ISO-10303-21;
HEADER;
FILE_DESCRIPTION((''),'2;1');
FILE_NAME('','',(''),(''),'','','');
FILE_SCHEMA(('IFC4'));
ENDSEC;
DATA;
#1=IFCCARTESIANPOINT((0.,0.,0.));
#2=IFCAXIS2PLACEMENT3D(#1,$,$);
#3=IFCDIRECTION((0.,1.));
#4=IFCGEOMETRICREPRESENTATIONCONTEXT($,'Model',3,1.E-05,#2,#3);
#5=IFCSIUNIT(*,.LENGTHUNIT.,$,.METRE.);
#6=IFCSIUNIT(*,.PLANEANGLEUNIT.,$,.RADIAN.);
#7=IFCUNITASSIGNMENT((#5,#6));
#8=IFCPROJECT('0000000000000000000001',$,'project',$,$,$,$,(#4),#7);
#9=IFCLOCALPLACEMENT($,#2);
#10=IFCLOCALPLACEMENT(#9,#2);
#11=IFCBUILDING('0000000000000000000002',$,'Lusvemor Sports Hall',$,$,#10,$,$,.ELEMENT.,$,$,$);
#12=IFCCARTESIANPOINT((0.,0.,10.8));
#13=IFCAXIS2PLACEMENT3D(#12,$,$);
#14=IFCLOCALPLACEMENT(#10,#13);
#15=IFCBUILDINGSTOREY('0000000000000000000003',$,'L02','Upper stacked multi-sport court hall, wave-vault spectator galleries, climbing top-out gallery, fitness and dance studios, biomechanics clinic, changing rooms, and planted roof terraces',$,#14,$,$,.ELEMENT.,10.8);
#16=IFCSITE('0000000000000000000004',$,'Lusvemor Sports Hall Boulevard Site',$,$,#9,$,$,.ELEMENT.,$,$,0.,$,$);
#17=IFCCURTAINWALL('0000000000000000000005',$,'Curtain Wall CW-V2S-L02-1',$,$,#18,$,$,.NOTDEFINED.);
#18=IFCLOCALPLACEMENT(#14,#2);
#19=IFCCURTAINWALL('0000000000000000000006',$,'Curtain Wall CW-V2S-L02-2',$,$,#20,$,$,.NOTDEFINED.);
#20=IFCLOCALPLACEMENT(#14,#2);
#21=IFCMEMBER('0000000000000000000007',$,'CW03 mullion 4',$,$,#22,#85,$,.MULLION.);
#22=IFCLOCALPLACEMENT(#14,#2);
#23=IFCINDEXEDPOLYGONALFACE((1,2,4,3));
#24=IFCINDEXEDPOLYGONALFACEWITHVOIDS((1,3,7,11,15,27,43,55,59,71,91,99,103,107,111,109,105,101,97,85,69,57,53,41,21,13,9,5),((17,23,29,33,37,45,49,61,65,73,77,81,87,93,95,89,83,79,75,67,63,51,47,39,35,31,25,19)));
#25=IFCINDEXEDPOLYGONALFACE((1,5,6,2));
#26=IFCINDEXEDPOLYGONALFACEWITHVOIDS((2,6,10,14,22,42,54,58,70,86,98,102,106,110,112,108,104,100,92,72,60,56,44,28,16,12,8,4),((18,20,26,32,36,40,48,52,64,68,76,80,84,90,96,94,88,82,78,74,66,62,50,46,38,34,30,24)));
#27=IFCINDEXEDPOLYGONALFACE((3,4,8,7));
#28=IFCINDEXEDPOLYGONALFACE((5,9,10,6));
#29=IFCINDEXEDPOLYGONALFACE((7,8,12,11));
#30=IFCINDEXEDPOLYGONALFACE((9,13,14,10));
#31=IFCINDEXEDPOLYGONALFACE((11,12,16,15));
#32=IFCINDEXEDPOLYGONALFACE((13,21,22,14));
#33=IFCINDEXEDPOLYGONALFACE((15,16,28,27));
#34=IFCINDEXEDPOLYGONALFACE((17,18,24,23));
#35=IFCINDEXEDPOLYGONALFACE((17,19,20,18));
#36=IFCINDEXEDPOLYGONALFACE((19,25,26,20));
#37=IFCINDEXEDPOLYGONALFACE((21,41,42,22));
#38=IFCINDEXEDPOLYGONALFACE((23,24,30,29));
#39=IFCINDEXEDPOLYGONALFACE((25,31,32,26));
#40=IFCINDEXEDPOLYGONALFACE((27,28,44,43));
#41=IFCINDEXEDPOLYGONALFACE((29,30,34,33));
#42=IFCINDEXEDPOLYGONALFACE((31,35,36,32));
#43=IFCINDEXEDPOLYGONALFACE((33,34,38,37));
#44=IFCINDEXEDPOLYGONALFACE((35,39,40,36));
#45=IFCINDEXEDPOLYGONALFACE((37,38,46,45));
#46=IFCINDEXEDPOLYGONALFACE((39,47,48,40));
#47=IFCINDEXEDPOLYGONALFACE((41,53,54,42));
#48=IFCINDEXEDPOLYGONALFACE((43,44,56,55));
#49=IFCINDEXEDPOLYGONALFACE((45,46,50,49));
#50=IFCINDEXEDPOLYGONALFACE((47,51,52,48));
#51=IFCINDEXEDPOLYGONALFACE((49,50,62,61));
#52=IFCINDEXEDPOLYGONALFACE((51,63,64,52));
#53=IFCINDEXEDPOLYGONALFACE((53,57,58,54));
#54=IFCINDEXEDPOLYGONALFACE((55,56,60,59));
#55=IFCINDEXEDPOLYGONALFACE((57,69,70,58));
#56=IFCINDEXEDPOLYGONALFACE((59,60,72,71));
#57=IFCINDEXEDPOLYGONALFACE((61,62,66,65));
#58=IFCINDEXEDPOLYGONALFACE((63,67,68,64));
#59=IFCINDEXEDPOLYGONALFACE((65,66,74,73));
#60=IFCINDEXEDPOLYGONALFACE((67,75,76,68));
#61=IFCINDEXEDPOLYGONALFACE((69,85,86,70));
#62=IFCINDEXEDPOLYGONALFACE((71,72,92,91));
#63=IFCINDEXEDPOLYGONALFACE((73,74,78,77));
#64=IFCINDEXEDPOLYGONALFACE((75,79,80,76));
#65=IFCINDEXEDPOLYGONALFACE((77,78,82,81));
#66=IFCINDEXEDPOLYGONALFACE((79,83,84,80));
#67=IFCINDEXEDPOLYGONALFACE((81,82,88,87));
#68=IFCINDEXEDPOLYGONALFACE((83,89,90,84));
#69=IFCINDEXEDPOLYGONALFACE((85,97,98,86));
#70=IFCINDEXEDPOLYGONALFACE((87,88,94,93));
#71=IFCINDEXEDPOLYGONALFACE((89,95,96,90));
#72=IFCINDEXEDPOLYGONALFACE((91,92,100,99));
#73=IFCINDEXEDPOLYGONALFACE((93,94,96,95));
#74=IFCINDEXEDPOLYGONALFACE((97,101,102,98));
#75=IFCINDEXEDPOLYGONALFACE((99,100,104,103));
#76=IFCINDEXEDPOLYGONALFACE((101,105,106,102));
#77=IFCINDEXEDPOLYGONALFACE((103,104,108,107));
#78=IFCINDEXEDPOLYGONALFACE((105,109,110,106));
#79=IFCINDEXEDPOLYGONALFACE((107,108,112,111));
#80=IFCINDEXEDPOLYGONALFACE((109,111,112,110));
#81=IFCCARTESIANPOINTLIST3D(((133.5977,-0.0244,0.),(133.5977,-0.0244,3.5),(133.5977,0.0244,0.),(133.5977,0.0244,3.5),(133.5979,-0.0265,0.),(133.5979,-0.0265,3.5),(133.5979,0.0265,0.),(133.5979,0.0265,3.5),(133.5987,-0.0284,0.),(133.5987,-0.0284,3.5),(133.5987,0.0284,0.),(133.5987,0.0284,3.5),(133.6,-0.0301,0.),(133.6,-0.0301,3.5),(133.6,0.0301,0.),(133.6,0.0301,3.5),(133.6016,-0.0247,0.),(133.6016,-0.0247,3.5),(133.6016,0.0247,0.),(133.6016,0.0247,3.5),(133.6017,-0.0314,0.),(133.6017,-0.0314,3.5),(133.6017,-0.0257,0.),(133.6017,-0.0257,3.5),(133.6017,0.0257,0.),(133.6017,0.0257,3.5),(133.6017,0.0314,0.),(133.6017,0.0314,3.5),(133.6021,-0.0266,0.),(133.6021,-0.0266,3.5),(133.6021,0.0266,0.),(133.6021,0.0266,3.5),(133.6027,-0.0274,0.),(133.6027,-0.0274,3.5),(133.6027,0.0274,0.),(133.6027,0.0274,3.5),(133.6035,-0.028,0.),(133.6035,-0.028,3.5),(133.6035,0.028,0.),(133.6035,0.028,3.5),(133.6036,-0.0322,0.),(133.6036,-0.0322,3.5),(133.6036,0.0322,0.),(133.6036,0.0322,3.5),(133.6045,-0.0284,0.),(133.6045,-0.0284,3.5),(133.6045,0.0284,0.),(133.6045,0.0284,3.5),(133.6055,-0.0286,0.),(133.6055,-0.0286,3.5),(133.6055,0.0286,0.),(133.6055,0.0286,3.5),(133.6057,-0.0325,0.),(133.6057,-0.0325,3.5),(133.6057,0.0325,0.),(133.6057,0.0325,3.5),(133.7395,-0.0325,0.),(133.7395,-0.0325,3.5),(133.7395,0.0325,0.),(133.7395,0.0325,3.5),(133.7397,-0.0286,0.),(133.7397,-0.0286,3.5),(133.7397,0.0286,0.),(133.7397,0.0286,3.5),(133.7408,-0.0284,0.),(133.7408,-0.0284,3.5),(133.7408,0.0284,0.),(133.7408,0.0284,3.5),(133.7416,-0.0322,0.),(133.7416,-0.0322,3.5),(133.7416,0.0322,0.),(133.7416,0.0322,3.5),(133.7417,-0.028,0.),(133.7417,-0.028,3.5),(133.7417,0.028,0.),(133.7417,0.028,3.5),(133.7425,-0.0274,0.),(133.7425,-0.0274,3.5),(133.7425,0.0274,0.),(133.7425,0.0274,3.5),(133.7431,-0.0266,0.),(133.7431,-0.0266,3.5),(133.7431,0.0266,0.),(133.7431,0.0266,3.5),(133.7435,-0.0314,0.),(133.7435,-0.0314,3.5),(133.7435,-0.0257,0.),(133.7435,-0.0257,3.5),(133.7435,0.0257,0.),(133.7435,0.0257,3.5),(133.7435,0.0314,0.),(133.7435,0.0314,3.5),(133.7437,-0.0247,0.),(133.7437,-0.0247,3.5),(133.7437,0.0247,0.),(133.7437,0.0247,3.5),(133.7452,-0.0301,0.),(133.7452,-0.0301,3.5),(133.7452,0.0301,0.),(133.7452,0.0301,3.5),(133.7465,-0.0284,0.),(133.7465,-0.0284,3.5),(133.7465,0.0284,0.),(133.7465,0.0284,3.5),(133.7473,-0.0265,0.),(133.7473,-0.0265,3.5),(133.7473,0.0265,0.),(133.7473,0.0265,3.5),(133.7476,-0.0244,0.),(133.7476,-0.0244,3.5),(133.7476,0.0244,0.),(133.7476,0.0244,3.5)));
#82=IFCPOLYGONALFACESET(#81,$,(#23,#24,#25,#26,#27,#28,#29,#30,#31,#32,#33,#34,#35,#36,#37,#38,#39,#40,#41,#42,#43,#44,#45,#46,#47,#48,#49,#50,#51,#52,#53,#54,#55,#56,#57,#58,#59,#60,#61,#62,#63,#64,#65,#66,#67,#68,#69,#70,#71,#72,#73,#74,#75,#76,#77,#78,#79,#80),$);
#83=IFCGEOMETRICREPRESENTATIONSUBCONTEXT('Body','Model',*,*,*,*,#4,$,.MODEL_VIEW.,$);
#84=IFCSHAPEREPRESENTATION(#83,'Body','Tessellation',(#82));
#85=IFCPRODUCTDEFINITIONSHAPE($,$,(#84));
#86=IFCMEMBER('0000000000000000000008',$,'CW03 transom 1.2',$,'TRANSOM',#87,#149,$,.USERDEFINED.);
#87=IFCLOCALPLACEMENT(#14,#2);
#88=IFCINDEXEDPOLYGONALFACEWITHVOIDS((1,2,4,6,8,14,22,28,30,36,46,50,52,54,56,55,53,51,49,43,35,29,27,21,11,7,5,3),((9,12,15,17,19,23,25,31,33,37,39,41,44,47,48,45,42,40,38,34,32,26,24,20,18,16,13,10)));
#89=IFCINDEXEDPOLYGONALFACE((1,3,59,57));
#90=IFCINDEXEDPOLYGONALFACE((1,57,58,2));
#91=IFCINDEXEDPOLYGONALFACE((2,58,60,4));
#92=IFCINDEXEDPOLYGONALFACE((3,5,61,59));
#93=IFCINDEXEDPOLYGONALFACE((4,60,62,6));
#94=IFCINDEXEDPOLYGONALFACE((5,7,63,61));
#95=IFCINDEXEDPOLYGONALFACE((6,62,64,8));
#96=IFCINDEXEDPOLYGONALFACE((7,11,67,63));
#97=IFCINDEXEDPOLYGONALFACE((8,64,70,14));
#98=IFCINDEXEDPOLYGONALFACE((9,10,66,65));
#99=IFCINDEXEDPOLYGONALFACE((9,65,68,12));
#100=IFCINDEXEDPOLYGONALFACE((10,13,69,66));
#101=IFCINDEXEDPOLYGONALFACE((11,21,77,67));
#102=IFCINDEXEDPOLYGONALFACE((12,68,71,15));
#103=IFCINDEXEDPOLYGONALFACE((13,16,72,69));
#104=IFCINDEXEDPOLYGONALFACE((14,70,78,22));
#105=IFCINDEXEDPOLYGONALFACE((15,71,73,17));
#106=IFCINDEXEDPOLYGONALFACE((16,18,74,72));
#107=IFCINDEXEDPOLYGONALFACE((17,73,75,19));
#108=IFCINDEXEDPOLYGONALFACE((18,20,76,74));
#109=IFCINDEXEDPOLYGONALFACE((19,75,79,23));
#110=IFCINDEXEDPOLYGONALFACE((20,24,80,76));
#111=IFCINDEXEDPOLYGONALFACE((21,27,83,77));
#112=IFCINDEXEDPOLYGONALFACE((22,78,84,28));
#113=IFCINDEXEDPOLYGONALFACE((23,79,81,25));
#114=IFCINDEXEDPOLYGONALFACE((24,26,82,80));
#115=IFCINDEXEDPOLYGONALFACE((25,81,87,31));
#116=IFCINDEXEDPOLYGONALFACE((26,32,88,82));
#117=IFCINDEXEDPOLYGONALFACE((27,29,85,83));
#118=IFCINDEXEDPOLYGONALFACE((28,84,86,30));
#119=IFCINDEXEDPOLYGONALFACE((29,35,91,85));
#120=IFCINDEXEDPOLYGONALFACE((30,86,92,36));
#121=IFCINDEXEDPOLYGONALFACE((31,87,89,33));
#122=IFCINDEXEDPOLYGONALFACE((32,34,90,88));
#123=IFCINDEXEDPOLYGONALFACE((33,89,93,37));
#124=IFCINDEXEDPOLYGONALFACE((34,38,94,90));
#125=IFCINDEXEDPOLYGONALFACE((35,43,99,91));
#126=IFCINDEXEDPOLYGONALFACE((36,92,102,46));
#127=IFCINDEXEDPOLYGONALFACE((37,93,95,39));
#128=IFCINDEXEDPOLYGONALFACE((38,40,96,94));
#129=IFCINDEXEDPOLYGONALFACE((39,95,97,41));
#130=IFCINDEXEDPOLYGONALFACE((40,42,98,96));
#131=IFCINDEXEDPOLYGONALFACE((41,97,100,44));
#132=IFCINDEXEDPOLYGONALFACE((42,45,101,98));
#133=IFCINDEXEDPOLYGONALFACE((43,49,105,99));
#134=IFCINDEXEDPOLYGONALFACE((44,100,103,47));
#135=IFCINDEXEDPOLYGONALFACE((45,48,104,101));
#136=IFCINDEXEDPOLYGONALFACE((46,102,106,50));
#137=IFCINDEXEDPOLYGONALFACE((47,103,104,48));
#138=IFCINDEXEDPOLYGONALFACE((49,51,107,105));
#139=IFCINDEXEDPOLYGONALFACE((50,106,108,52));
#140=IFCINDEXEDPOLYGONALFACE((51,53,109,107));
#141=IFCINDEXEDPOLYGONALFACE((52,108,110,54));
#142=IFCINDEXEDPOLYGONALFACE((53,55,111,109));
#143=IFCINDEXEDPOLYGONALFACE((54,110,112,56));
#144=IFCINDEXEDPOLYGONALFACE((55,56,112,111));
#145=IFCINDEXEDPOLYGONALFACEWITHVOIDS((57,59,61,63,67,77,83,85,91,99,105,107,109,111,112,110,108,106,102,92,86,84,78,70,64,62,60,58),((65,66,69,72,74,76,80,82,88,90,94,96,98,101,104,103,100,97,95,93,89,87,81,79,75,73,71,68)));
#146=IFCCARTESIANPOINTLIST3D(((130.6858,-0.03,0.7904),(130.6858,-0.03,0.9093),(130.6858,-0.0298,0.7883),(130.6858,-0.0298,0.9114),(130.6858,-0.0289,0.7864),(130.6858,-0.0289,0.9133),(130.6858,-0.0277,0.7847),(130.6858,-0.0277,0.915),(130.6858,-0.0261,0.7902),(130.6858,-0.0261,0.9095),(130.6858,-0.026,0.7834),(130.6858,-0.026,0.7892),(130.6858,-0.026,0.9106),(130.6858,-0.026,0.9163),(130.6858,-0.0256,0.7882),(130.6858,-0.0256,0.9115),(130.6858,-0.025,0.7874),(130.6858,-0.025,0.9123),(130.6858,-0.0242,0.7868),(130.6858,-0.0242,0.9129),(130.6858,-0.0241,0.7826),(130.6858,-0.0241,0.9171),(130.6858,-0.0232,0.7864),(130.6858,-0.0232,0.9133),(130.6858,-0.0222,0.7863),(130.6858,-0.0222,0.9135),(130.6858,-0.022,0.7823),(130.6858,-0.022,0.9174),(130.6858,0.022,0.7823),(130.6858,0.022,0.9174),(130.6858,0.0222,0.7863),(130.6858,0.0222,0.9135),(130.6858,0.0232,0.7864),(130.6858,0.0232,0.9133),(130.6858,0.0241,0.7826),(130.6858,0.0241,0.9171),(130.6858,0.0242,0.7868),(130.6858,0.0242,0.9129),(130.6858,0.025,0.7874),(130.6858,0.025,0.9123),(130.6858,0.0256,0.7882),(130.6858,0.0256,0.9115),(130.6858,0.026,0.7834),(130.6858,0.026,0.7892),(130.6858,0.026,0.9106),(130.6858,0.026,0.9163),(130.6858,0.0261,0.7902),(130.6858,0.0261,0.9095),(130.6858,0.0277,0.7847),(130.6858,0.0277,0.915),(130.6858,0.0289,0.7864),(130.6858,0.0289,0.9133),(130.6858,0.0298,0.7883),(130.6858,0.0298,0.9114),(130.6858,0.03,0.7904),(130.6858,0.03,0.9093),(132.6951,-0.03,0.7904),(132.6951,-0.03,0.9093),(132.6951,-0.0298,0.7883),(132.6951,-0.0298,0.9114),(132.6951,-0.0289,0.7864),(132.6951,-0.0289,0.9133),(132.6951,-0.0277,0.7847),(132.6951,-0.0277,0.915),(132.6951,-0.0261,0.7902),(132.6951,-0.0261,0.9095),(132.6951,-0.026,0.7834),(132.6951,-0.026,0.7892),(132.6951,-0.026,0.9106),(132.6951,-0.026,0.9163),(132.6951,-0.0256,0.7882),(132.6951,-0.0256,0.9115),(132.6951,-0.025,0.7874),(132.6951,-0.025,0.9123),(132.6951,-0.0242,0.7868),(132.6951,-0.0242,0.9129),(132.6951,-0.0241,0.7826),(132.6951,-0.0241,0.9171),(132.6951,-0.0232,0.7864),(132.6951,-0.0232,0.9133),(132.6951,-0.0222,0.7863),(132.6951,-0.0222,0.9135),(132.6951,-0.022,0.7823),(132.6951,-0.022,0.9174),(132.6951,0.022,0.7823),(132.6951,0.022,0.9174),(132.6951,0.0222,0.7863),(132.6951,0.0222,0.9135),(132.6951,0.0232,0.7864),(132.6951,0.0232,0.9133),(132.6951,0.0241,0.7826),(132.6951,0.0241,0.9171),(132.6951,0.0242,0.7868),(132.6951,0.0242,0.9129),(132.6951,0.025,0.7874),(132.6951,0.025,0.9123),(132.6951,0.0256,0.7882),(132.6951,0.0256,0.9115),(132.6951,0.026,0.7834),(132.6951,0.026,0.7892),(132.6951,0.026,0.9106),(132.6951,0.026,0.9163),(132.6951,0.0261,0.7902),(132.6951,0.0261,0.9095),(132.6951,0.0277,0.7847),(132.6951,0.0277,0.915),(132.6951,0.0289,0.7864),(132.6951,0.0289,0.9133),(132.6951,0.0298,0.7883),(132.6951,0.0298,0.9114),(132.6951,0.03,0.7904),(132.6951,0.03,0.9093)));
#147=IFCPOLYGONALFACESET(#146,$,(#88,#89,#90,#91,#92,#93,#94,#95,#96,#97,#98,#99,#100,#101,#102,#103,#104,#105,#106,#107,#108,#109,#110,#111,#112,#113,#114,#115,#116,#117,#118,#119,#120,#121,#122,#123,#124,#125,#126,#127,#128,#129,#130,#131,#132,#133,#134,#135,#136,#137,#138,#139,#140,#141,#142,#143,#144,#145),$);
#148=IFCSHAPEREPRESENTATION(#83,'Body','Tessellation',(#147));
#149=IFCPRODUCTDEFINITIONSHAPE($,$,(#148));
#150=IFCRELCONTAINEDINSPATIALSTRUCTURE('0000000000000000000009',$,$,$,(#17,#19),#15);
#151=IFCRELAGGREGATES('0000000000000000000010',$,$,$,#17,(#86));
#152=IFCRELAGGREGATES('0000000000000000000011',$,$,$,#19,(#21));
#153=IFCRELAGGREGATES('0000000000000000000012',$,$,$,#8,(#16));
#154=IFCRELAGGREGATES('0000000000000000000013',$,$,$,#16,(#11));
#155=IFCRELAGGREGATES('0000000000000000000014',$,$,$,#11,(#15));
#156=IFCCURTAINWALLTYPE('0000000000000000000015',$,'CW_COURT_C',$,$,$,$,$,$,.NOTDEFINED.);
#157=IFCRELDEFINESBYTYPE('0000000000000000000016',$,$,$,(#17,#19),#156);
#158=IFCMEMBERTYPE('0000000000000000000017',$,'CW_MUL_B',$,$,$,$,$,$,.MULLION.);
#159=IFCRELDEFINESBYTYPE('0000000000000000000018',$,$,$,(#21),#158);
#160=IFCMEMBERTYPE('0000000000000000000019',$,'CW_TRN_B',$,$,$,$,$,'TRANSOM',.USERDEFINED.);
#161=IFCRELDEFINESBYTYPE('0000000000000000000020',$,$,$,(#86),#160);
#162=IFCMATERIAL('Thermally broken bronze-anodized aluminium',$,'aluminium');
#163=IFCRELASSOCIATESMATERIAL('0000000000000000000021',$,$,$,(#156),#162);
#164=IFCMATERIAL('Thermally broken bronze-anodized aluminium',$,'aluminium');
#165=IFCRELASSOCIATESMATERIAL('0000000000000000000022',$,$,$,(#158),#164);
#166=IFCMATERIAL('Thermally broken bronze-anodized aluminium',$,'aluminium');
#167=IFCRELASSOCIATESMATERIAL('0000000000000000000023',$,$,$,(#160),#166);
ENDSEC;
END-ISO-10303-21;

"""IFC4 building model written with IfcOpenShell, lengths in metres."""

from ifc_helpers import new_model, si_unit, direction, frame, origin, origin_2d, place, context, subcontext, project, spatial, hollow_rectangle, extrude, material, material_profile, profile_set, type_object, element, aggregate, save


model = new_model("IFC4")

# Units and contexts
model_context = context("Model", 3, precision=1e-05, world=origin(), true_north=direction((0.0, 1.0)))
body_context = subcontext(model_context, "Body", "Model", "MODEL_VIEW")
ifc_project = project(units=[si_unit("LENGTHUNIT", "METRE"), si_unit("PLANEANGLEUNIT", "RADIAN")], contexts=[model_context])

# Site, building, storey
site_placement = place(None, origin())
site = spatial("IfcSite", under=ifc_project, at=site_placement, Name="Lusvemor Sports Hall Boulevard Site", CompositionType="ELEMENT", RefElevation=0.0)
building_placement = place(site_placement, origin())
building = spatial("IfcBuilding", under=site, at=building_placement, Name="Lusvemor Sports Hall", CompositionType="ELEMENT")
storey_placement = place(building_placement, frame((0.0, 0.0, 10.8)))
storey = spatial("IfcBuildingStorey", under=building, at=storey_placement, Name="L02", Description="Upper stacked multi-sport court hall, wave-vault spectator galleries, climbing top-out gallery, fitness and dance studios, biomechanics clinic, changing rooms, and planted roof terraces", CompositionType="ELEMENT", Elevation=10.8)

# Curtain wall
ifc_material_1 = material(Name="Thermally broken bronze-anodized aluminium", Category="aluminium")
curtain_wall_type = type_object("IfcCurtainWallType", Name="CW_COURT_C", PredefinedType="NOTDEFINED", material=ifc_material_1)
curtain_wall_1_placement = place(storey_placement, origin())
curtain_wall_1 = element("IfcCurtainWall", 1, at=curtain_wall_1_placement, inside=storey, type_object=curtain_wall_type, Name="Curtain Wall CW-V2S-L02-1", PredefinedType="NOTDEFINED")
ifc_material_2 = material(Name="Thermally broken bronze-anodized aluminium", Category="aluminium")
ifc_material_profile_1 = material_profile(ifc_material_2, hollow_rectangle(XDim=0.0649, YDim=0.1499, WallThickness=0.0039, InnerFilletRadius=0.0039, OuterFilletRadius=0.0081, at=origin_2d()), Name="CWMUL150x65x4")
ifc_profile_set_1 = profile_set([ifc_material_profile_1], Name="Thermally broken bronze-anodized aluminium")
member_type_1 = type_object("IfcMemberType", Name="CW_MUL_B", PredefinedType="MULLION", material=ifc_profile_set_1)

# Curtain wall, member
curtain_wall_2_placement = place(storey_placement, origin())
curtain_wall_2 = element("IfcCurtainWall", 2, at=curtain_wall_2_placement, inside=storey, type_object=curtain_wall_type, Name="Curtain Wall CW-V2S-L02-2", PredefinedType="NOTDEFINED")
member_1_placement = place(storey_placement, frame((133.6726, 0.0, 0.0), z_axis=(0.0, 0.0, 1.0), x_axis=(0.0, -1.0, 0.0)))
member_1 = element("IfcMember", 3, at=member_1_placement, type_object=member_type_1, Name="CW03 mullion 4", PredefinedType="MULLION", context=body_context, shape_type="SweptSolid", body=[
    extrude(hollow_rectangle(XDim=0.0649, YDim=0.1499, WallThickness=0.0039, InnerFilletRadius=0.0039, OuterFilletRadius=0.0081, at=origin_2d()), origin(), (0.0, 0.0, 1.0), 3.5),
])

# Member
ifc_material_3 = material(Name="Thermally broken bronze-anodized aluminium", Category="aluminium")
ifc_material_profile_2 = material_profile(ifc_material_3, hollow_rectangle(XDim=0.0601, YDim=0.135, WallThickness=0.0039, InnerFilletRadius=0.0039, OuterFilletRadius=0.0081, at=origin_2d()), Name="CWTRN135x60x4")
ifc_profile_set_2 = profile_set([ifc_material_profile_2], Name="Thermally broken bronze-anodized aluminium")
member_type_2 = type_object("IfcMemberType", Name="CW_TRN_B", ElementType="TRANSOM", PredefinedType="USERDEFINED", material=ifc_profile_set_2)
member_2_placement = place(storey_placement, frame((132.6951, 0.0, 0.8499), z_axis=(-1.0, 0.0, 0.0), x_axis=(0.0, -1.0, 0.0)))
member_2 = element("IfcMember", 4, at=member_2_placement, type_object=member_type_2, Name="CW03 transom 1.2", ObjectType="TRANSOM", PredefinedType="USERDEFINED", context=body_context, shape_type="SweptSolid", body=[
    extrude(hollow_rectangle(XDim=0.0601, YDim=0.135, WallThickness=0.0039, InnerFilletRadius=0.0039, OuterFilletRadius=0.0081, at=origin_2d()), origin(), (0.0, 0.0, 1.0), 2.0093),
])
aggregate(curtain_wall_1, [member_2])

aggregate(curtain_wall_2, [member_1])

save(model, "model.ifc")
